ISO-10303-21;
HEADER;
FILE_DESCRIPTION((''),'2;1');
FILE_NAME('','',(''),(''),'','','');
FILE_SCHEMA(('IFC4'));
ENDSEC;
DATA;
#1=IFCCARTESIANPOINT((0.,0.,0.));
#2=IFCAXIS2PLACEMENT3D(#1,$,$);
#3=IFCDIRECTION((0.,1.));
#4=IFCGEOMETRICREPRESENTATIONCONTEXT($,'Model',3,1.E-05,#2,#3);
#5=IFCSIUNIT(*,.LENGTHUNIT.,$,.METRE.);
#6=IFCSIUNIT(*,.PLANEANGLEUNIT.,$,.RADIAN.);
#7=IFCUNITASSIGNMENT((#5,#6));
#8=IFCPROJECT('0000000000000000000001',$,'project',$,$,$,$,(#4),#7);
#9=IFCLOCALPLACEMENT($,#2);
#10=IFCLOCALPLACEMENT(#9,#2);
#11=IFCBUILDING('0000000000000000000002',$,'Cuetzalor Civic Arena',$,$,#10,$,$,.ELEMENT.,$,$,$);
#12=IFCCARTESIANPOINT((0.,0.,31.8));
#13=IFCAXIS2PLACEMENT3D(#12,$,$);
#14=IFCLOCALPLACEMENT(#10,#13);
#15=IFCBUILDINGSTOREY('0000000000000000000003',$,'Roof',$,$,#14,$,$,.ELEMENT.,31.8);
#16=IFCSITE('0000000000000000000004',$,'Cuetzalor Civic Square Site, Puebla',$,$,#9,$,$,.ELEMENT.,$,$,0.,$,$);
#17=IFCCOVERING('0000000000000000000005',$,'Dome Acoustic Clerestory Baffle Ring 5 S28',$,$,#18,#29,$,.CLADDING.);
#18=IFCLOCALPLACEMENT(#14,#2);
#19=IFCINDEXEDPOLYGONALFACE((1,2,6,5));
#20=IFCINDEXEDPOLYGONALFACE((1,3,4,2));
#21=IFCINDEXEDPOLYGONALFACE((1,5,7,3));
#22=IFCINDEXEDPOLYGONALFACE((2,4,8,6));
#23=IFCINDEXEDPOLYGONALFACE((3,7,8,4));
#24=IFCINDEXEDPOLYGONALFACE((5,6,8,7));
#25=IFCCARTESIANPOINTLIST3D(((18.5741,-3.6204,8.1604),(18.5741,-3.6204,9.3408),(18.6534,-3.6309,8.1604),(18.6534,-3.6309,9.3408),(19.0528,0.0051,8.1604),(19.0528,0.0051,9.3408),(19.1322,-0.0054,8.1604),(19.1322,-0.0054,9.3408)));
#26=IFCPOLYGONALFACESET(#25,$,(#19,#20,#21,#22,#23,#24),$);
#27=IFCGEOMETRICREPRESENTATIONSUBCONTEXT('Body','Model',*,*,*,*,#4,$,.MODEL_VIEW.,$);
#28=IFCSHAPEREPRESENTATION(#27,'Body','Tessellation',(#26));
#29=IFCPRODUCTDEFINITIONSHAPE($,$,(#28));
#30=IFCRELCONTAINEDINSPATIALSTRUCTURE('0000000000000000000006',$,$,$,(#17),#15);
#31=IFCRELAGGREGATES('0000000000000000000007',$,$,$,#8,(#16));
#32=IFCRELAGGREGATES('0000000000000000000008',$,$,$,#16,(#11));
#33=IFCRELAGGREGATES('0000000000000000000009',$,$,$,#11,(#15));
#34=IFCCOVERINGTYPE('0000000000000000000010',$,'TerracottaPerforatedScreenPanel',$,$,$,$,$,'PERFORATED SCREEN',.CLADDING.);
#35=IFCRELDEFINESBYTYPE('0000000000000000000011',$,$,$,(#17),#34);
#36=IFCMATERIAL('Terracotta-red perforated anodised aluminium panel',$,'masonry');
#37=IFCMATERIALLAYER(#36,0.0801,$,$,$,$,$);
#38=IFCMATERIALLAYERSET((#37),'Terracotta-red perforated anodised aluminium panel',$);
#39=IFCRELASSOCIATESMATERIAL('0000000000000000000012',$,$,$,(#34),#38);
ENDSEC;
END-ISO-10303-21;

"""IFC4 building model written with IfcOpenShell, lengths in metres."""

from ifc_helpers import new_model, si_unit, direction, frame, frame_2d, origin, place, context, subcontext, project, spatial, rectangle, extrude, material, layer, layer_set, type_object, element, save


model = new_model("IFC4")

# Units and contexts
model_context = context("Model", 3, precision=1e-05, world=origin(), true_north=direction((0.0, 1.0)))
body_context = subcontext(model_context, "Body", "Model", "MODEL_VIEW")
ifc_project = project(units=[si_unit("LENGTHUNIT", "METRE"), si_unit("PLANEANGLEUNIT", "RADIAN")], contexts=[model_context])

# Site, building, storey
site_placement = place(None, origin())
site = spatial("IfcSite", under=ifc_project, at=site_placement, Name="Cuetzalor Civic Square Site, Puebla", CompositionType="ELEMENT", RefElevation=0.0)
building_placement = place(site_placement, origin())
building = spatial("IfcBuilding", under=site, at=building_placement, Name="Cuetzalor Civic Arena", CompositionType="ELEMENT")
storey_placement = place(building_placement, frame((0.0, 0.0, 31.8)))
storey = spatial("IfcBuildingStorey", under=building, at=storey_placement, Name="Roof", CompositionType="ELEMENT", Elevation=31.8)

# Covering
ifc_material_1 = material(Name="Terracotta-red perforated anodised aluminium panel", Category="masonry")
ifc_layer_1 = layer(ifc_material_1, 0.0801)
ifc_layer_set_1 = layer_set([ifc_layer_1], Name="Terracotta-red perforated anodised aluminium panel")
covering_type = type_object("IfcCoveringType", Name="TerracottaPerforatedScreenPanel", ElementType="PERFORATED SCREEN", PredefinedType="CLADDING", material=ifc_layer_set_1)
covering_1_placement = place(storey_placement, frame((19.0925, 0.0, 8.1604), z_axis=(0.0, 0.0, 1.0), x_axis=(-0.130917, -0.991393, 0.0)))
element("IfcCovering", 1, at=covering_1_placement, inside=storey, type_object=covering_type, Name="Dome Acoustic Clerestory Baffle Ring 5 S28", PredefinedType="CLADDING", context=body_context, shape_type="SweptSolid", body=[
    extrude(rectangle(XDim=3.657, YDim=0.0801, at=frame_2d((1.8286, 0.0))), origin(), (0.0, 0.0, 1.0), 1.1804),
])

save(model, "model.ifc")
